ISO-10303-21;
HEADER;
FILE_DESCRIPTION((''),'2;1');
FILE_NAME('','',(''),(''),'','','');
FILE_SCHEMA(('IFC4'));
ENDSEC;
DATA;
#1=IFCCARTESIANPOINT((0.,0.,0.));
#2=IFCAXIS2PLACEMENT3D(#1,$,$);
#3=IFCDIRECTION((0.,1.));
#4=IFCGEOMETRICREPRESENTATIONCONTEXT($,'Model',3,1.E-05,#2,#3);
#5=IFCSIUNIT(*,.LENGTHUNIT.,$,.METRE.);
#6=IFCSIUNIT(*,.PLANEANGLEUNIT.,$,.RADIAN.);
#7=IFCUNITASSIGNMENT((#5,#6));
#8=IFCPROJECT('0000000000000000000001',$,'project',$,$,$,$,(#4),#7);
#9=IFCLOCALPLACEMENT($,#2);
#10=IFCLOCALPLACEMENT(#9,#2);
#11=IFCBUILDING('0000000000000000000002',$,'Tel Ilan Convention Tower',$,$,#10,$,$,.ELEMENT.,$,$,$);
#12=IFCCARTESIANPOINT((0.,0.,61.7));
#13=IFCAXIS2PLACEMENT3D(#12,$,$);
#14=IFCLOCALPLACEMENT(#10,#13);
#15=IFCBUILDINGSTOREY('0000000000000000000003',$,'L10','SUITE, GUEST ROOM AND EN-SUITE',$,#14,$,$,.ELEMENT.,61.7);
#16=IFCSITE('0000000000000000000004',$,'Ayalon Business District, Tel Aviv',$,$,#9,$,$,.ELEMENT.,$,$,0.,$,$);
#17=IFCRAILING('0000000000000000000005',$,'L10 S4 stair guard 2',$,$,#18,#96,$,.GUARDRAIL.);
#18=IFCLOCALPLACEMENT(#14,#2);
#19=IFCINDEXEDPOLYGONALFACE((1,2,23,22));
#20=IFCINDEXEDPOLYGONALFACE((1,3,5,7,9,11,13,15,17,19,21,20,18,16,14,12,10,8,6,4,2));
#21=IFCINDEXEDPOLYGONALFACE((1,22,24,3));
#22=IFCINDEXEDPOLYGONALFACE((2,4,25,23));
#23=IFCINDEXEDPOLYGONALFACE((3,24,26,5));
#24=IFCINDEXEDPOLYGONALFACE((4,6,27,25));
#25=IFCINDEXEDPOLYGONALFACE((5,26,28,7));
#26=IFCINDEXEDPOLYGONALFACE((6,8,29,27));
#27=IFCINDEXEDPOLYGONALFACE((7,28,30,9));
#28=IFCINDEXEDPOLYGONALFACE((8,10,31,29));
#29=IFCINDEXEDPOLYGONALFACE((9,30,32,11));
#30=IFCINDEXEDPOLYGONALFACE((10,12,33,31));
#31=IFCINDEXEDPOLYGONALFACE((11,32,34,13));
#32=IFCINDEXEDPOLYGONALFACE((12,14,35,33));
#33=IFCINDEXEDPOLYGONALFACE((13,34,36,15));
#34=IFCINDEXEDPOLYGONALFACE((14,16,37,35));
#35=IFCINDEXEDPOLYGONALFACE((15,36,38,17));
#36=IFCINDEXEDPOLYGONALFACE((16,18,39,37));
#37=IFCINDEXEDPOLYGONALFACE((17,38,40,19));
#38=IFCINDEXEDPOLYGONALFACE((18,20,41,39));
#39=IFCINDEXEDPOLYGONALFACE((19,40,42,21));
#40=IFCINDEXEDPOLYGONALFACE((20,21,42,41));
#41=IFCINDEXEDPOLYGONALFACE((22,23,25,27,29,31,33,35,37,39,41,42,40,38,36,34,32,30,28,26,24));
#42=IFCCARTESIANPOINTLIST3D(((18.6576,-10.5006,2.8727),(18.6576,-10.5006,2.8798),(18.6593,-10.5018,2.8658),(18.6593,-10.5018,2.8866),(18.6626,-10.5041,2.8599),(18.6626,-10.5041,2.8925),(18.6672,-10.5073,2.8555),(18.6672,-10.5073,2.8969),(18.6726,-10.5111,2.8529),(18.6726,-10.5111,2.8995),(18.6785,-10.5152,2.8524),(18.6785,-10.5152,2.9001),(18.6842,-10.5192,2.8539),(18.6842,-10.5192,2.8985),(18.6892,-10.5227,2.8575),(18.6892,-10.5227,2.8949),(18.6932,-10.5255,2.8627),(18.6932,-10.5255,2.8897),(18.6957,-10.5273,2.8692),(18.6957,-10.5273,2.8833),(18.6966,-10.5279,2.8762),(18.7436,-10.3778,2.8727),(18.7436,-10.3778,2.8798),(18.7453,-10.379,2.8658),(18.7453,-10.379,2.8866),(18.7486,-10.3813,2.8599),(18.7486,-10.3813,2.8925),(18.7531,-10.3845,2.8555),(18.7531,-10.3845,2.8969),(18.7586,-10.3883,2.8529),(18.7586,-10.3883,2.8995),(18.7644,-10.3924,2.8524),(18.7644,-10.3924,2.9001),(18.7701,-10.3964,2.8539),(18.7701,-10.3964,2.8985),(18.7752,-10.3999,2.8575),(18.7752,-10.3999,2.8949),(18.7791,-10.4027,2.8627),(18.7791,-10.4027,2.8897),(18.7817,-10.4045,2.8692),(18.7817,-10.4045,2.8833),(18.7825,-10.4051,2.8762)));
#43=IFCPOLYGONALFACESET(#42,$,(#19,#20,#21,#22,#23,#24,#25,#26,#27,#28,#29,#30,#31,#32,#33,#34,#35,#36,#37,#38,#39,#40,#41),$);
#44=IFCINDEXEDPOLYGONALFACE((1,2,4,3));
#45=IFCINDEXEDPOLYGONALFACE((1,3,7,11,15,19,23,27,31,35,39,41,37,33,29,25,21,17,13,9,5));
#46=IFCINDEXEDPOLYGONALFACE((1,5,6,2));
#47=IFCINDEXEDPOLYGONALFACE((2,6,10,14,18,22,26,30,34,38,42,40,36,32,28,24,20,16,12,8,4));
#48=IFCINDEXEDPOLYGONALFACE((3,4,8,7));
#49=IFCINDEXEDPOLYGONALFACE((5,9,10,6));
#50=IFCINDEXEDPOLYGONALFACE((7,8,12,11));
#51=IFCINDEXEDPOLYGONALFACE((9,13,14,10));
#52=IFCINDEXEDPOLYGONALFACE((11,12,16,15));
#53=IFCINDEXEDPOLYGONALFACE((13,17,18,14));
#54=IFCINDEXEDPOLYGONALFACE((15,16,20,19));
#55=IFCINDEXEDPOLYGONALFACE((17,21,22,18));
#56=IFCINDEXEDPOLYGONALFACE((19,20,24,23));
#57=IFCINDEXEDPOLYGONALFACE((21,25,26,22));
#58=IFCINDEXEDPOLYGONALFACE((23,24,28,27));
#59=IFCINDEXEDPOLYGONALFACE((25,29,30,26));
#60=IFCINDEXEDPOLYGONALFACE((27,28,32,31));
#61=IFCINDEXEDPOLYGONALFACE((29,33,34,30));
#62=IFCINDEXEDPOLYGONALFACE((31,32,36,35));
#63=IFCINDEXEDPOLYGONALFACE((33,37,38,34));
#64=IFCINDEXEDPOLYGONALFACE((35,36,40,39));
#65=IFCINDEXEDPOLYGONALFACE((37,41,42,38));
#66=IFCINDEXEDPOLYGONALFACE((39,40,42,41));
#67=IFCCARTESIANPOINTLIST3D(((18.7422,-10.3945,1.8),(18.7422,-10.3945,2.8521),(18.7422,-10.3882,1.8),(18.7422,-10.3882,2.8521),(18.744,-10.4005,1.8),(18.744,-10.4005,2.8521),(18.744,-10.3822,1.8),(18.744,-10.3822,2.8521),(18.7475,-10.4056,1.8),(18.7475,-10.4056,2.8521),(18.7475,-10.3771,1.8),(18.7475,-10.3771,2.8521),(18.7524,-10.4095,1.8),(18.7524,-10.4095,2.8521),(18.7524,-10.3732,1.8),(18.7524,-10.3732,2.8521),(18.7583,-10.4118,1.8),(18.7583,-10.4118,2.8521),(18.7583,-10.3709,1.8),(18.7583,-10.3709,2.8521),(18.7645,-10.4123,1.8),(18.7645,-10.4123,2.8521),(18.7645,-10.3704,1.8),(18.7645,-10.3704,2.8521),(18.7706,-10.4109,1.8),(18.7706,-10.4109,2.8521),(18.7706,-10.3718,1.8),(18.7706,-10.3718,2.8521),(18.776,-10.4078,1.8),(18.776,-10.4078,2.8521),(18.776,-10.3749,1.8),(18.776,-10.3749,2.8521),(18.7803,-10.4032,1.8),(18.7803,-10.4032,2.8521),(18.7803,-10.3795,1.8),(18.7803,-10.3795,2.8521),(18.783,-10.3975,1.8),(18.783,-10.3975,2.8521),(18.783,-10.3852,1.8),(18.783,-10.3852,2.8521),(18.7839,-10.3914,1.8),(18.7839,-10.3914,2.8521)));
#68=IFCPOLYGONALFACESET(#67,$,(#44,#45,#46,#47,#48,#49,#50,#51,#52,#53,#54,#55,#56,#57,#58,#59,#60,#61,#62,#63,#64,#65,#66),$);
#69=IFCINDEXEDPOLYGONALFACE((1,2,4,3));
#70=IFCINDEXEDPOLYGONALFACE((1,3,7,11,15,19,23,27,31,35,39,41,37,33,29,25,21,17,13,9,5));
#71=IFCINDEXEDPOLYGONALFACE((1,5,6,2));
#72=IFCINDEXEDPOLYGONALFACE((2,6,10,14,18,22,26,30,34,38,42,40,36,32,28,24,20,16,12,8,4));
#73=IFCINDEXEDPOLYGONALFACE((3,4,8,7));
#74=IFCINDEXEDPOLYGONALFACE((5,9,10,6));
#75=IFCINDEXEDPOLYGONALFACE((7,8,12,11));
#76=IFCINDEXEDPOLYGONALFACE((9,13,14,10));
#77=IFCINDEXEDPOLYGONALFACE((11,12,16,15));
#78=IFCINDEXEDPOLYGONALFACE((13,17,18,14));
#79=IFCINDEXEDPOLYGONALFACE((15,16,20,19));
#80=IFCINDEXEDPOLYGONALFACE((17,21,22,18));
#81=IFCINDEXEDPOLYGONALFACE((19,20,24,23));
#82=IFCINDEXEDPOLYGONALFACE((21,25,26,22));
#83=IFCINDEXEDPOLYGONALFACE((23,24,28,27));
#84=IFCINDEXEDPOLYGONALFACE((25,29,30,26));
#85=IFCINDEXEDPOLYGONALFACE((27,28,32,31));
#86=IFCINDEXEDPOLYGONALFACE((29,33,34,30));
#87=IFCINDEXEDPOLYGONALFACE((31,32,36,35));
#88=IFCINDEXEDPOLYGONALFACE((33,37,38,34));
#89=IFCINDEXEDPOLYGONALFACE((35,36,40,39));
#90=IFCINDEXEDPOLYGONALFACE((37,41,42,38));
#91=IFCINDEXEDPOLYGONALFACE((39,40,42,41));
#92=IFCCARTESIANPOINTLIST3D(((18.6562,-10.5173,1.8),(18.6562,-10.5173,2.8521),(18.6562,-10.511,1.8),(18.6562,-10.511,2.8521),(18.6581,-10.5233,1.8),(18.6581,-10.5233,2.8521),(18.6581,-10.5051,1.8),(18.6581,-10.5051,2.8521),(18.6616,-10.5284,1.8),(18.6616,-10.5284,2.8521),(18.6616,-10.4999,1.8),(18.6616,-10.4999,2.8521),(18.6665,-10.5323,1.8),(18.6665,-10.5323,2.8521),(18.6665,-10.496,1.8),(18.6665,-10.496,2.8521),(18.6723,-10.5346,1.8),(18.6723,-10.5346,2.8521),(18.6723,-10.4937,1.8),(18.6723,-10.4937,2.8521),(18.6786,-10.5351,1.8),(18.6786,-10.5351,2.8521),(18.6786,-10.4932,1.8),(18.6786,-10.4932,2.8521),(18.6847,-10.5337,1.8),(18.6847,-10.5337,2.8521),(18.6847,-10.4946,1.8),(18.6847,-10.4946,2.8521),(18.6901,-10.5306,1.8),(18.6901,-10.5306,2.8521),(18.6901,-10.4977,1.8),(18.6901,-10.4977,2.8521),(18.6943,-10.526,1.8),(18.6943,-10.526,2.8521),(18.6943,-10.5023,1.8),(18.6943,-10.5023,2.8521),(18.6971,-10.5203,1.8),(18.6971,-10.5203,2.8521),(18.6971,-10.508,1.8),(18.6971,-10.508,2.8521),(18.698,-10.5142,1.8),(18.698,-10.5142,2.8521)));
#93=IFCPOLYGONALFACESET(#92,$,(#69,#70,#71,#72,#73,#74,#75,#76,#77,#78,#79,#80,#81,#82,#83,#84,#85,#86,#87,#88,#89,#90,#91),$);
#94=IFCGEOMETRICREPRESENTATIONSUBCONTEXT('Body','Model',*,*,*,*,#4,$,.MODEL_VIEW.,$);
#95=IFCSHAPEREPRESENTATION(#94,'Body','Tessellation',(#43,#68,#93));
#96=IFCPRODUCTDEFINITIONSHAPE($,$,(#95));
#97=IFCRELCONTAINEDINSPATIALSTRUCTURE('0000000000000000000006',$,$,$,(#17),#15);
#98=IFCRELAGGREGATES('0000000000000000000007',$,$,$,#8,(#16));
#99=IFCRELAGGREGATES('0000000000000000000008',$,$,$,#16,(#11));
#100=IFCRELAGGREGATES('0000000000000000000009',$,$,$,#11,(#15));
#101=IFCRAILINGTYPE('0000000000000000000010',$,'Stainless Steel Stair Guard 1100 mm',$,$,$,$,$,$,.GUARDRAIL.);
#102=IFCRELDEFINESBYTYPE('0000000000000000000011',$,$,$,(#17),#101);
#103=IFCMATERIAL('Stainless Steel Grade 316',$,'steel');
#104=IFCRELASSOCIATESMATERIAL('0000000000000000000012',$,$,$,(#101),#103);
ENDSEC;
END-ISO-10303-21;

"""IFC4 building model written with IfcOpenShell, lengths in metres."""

from ifc_helpers import new_model, si_unit, direction, frame, origin, origin_2d, place, context, subcontext, project, spatial, circle, extrude, material, type_object, element, save


model = new_model("IFC4")

# Units and contexts
model_context = context("Model", 3, precision=1e-05, world=origin(), true_north=direction((0.0, 1.0)))
body_context = subcontext(model_context, "Body", "Model", "MODEL_VIEW")
ifc_project = project(units=[si_unit("LENGTHUNIT", "METRE"), si_unit("PLANEANGLEUNIT", "RADIAN")], contexts=[model_context])

# Site, building, storey
site_placement = place(None, origin())
site = spatial("IfcSite", under=ifc_project, at=site_placement, Name="Ayalon Business District, Tel Aviv", CompositionType="ELEMENT", RefElevation=0.0)
building_placement = place(site_placement, origin())
building = spatial("IfcBuilding", under=site, at=building_placement, Name="Tel Ilan Convention Tower", CompositionType="ELEMENT")
storey_placement = place(building_placement, frame((0.0, 0.0, 61.7)))
storey = spatial("IfcBuildingStorey", under=building, at=storey_placement, Name="L10", Description="SUITE, GUEST ROOM AND EN-SUITE", CompositionType="ELEMENT", Elevation=61.7)

# Railing
ifc_material_1 = material(Name="Stainless Steel Grade 316", Category="steel")
railing_type_1 = type_object("IfcRailingType", Name="Stainless Steel Stair Guard 1100 mm", PredefinedType="GUARDRAIL", material=ifc_material_1)
railing_1_placement = place(storey_placement, frame((18.7629, -10.3914, 1.8)))
element("IfcRailing", 1, at=railing_1_placement, inside=storey, type_object=railing_type_1, Name="L10 S4 stair guard 2", PredefinedType="GUARDRAIL", context=body_context, shape_type="SweptSolid", body=[
    extrude(circle(Radius=0.0239, at=origin_2d()), frame((0.0, 0.0, 1.0762), z_axis=(-0.573353, -0.819308, 0.0), x_axis=(0.819308, -0.573353, 0.0)), (0.0, 0.0, 1.0), 0.1499),
    extrude(circle(Radius=0.021, at=origin_2d()), origin(), (0.0, 0.0, 1.0), 1.052),
    extrude(circle(Radius=0.021, at=origin_2d()), frame((-0.0859, -0.1228, 0.0)), (0.0, 0.0, 1.0), 1.052),
])

save(model, "model.ifc")
